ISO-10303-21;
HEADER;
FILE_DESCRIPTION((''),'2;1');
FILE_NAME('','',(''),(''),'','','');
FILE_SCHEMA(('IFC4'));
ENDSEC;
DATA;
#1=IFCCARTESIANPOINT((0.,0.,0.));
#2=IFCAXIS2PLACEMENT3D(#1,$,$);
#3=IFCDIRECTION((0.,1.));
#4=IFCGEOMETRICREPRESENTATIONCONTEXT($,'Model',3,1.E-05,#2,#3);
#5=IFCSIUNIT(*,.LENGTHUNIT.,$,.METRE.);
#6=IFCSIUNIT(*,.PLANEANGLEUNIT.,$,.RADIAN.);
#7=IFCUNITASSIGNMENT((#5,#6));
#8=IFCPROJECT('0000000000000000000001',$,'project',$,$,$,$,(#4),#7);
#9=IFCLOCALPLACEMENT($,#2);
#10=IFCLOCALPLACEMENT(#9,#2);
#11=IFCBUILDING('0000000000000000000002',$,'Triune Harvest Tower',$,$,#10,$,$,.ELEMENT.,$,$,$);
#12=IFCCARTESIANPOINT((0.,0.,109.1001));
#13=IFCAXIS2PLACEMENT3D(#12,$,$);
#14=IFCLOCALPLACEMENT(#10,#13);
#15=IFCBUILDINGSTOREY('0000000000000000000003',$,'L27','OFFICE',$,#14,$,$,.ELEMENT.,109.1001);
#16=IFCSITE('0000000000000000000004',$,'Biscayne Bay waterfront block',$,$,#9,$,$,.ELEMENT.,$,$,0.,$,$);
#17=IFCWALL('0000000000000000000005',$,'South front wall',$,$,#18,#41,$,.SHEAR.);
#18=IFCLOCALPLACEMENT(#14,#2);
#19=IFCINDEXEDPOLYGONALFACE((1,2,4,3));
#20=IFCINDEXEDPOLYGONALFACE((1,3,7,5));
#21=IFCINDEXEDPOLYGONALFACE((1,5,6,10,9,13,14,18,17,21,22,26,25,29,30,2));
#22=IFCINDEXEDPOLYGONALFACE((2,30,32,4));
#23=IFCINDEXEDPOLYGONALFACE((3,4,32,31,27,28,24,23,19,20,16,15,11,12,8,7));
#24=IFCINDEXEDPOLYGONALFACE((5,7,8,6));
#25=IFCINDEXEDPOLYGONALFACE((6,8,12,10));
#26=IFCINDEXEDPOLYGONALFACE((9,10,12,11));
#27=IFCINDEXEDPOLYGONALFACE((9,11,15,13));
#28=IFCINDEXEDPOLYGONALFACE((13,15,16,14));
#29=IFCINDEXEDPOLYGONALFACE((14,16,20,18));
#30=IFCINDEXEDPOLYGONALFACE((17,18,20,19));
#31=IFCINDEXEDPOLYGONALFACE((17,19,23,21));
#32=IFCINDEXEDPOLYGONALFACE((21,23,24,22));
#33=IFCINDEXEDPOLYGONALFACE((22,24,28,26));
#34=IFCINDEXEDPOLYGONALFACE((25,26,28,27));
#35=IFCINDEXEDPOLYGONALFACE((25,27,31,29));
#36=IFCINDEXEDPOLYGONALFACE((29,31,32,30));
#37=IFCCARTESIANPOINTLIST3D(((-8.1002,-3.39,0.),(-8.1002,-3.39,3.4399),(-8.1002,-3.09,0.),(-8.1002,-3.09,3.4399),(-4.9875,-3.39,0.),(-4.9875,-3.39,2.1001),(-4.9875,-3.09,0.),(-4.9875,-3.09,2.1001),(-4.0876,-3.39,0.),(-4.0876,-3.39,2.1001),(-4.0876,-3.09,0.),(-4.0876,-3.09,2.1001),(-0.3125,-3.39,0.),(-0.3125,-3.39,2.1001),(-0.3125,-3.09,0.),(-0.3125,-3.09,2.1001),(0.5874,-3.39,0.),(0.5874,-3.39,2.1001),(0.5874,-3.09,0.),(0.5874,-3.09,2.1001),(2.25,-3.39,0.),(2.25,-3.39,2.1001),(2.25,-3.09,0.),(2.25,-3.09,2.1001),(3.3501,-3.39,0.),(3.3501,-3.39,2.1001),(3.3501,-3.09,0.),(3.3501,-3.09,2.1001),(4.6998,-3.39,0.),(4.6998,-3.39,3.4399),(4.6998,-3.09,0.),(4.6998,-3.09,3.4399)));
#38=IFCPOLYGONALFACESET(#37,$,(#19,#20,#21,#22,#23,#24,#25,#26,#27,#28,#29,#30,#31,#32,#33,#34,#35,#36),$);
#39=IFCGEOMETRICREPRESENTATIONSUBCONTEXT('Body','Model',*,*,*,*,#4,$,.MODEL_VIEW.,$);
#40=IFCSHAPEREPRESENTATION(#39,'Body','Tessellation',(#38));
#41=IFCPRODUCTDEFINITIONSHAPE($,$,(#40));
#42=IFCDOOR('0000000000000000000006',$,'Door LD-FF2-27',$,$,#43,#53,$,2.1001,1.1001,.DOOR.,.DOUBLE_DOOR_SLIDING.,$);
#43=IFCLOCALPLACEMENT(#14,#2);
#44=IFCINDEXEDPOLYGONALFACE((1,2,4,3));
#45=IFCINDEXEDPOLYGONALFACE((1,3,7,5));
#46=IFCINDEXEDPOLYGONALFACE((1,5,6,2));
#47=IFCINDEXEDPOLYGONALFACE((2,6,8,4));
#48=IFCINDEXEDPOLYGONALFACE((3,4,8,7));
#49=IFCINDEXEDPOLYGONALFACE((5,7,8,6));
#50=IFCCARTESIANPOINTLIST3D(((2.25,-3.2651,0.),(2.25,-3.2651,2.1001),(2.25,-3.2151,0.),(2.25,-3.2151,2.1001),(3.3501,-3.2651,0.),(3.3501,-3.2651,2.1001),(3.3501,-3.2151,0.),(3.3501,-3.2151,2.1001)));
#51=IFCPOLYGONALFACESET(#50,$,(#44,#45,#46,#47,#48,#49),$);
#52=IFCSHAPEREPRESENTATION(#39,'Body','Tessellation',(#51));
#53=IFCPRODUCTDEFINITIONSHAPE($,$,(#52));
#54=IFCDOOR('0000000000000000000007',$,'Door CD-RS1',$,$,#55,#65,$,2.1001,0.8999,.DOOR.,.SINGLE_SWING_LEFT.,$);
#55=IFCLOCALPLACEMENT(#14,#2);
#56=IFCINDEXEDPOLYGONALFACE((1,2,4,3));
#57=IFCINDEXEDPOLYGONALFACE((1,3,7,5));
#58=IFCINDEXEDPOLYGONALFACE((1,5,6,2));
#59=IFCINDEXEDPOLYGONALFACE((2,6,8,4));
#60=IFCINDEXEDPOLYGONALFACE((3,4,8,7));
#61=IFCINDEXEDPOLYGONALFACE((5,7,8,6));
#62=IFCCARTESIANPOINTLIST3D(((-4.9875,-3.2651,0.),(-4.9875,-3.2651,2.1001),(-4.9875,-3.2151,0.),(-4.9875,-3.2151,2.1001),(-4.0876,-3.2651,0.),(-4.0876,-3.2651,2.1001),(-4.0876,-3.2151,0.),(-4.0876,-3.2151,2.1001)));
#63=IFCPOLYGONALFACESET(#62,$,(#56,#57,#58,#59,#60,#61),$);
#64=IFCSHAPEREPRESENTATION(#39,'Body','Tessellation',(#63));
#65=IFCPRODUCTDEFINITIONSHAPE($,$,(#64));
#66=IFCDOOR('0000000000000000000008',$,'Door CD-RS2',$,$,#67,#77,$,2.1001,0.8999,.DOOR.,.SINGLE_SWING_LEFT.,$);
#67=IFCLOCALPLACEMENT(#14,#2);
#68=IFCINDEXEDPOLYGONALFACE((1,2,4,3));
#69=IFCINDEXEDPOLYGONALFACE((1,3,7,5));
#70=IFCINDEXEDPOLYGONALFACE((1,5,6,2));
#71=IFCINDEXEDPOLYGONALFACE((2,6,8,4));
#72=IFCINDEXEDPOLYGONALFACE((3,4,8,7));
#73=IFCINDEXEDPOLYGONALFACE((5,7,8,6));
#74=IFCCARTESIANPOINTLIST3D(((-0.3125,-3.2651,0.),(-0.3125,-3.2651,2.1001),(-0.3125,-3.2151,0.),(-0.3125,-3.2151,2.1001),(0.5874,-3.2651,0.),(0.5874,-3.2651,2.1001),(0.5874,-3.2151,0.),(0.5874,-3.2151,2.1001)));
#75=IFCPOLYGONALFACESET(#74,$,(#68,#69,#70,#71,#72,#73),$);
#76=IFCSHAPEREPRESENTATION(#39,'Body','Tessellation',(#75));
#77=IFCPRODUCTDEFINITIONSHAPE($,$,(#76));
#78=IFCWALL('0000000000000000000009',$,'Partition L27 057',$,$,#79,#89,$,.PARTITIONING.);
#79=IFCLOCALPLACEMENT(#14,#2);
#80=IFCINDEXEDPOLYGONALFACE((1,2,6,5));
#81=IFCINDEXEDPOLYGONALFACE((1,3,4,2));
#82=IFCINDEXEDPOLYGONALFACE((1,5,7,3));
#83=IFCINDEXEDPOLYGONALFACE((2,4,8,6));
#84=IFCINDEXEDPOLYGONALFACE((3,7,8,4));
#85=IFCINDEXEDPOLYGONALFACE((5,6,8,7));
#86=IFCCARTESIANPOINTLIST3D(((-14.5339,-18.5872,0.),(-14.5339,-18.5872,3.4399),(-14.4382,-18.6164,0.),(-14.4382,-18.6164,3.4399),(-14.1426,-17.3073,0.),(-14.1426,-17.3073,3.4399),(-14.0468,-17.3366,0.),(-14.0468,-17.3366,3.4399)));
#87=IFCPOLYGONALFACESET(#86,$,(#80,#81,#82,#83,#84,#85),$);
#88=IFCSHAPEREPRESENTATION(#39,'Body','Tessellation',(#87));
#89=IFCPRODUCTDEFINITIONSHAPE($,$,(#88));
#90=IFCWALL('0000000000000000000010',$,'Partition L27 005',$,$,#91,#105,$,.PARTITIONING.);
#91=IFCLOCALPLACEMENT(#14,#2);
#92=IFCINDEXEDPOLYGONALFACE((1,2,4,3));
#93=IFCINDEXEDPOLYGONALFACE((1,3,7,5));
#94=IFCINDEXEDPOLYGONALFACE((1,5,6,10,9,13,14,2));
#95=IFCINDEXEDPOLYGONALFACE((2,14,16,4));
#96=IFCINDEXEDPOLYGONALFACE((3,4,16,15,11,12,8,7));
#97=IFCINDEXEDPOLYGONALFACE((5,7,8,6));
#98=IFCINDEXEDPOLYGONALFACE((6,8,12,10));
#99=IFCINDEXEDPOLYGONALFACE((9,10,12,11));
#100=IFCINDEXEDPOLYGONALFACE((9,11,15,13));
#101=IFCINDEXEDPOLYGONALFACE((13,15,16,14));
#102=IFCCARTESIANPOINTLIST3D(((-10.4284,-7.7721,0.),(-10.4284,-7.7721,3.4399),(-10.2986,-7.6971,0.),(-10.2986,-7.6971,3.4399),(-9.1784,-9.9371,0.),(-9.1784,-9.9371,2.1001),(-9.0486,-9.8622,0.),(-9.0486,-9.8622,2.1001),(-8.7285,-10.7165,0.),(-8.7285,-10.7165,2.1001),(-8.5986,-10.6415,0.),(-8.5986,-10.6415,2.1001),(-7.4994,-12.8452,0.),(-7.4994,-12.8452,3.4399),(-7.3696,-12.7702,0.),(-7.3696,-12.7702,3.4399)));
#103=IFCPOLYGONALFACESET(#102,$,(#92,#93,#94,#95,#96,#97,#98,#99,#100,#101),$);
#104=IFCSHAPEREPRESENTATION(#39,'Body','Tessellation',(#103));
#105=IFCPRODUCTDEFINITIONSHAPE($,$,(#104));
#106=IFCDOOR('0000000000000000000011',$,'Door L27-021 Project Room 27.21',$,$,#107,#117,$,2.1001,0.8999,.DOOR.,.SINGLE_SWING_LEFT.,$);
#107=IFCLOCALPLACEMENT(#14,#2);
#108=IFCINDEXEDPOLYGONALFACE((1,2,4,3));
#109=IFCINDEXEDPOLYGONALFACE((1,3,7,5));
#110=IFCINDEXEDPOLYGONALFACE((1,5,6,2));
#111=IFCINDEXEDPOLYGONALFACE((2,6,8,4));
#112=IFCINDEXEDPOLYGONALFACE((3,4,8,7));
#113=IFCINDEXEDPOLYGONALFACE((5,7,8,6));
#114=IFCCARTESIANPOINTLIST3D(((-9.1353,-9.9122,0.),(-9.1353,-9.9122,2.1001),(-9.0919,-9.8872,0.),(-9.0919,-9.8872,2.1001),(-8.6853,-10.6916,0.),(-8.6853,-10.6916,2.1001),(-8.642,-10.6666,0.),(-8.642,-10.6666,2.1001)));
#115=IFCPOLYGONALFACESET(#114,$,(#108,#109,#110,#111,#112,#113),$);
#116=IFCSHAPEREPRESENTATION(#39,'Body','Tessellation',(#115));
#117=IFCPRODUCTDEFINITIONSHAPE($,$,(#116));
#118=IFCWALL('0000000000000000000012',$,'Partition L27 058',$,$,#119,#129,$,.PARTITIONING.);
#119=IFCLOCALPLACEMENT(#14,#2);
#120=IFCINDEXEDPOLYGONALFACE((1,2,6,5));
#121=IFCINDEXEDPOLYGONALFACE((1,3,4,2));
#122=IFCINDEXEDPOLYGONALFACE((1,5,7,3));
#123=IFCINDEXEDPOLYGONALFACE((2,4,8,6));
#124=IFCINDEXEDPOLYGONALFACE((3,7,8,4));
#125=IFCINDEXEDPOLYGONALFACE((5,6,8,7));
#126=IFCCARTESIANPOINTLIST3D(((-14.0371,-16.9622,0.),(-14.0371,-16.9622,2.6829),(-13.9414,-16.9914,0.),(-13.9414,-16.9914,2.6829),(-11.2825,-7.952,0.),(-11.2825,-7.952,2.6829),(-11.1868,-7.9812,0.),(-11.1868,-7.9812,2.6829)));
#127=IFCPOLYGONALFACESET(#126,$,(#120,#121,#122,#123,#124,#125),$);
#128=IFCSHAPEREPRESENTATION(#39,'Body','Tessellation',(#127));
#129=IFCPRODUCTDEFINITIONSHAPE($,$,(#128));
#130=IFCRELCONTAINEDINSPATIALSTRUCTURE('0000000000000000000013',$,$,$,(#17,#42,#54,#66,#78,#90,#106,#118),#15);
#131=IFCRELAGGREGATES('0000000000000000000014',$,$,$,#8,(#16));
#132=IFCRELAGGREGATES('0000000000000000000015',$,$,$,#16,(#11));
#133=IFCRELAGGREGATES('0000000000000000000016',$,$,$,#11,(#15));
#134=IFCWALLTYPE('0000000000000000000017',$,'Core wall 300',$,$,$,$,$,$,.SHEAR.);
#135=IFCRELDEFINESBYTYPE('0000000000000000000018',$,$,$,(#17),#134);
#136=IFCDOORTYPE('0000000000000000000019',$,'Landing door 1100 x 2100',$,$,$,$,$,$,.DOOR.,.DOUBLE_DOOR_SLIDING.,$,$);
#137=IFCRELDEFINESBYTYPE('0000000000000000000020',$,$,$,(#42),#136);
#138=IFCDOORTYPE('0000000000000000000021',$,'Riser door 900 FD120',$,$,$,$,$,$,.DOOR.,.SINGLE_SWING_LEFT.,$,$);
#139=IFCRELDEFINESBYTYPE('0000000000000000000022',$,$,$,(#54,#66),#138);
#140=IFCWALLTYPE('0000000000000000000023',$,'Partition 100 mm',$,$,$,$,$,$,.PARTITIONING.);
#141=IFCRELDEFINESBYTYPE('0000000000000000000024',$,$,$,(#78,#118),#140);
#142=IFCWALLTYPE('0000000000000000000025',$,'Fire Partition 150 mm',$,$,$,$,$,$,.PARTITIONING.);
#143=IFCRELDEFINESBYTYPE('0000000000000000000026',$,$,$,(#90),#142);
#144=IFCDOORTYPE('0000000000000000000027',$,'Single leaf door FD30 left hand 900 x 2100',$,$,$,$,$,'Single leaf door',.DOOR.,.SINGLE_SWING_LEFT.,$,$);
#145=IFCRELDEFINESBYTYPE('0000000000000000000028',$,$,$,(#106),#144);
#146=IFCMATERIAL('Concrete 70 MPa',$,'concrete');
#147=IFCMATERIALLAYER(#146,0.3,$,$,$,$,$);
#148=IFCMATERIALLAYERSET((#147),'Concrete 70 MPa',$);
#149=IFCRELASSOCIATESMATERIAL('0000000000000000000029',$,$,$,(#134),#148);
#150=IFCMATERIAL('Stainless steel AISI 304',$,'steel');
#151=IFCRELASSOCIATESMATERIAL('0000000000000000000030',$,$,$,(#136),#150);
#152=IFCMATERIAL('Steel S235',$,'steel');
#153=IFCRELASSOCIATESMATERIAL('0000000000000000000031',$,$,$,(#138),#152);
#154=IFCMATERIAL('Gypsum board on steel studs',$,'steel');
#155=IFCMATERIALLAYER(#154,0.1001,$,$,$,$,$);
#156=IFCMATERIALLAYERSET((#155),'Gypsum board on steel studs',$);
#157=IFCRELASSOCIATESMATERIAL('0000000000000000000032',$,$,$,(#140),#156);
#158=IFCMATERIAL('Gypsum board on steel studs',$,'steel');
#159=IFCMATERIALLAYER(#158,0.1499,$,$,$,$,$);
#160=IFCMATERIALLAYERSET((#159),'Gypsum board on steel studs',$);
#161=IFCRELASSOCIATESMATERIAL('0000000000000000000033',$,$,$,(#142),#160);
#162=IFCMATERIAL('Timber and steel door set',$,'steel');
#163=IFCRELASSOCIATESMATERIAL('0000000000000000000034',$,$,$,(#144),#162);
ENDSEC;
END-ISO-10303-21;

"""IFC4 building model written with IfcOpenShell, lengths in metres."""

from ifc_helpers import new_model, si_unit, direction, frame, frame_2d, origin, place, context, subcontext, project, spatial, rectangle, extrude, source, transform, mapped, material, layer, layer_set, type_object, element, fill, save


model = new_model("IFC4")

# Units and contexts
model_context = context("Model", 3, precision=1e-05, world=origin(), true_north=direction((0.0, 1.0)))
body_context = subcontext(model_context, "Body", "Model", "MODEL_VIEW")
ifc_project = project(units=[si_unit("LENGTHUNIT", "METRE"), si_unit("PLANEANGLEUNIT", "RADIAN")], contexts=[model_context])

# Site, building, storey
site_placement = place(None, origin())
site = spatial("IfcSite", under=ifc_project, at=site_placement, Name="Biscayne Bay waterfront block", CompositionType="ELEMENT", RefElevation=0.0)
building_placement = place(site_placement, origin())
building = spatial("IfcBuilding", under=site, at=building_placement, Name="Triune Harvest Tower", CompositionType="ELEMENT")
storey_placement = place(building_placement, frame((0.0, 0.0, 109.1001)))
storey = spatial("IfcBuildingStorey", under=building, at=storey_placement, Name="L27", Description="OFFICE", CompositionType="ELEMENT", Elevation=109.1001)

# Wall, openings, doors
ifc_material_1 = material(Name="Concrete 70 MPa", Category="concrete")
ifc_layer_1 = layer(ifc_material_1, 0.3)
ifc_layer_set_1 = layer_set([ifc_layer_1], Name="Concrete 70 MPa")
wall_type_1 = type_object("IfcWallType", Name="Core wall 300", PredefinedType="SHEAR", material=ifc_layer_set_1)
shared_shape_1 = source(origin(), body_context, "Body", "SweptSolid", [
    extrude(rectangle(XDim=12.8, YDim=0.3, at=frame_2d((6.3999, 0.0))), origin(), (0.0, 0.0, 1.0), 3.4399),
])
wall_1_placement = place(storey_placement, frame((-8.1001, -3.24, 0.0), z_axis=(0.0, 0.0, 1.0), x_axis=(1.0, 0.0, 0.0)))
wall_1 = element("IfcWall", 1, at=wall_1_placement, inside=storey, type_object=wall_type_1, Name="South front wall", PredefinedType="SHEAR", context=body_context, shape_type="MappedRepresentation", body=[
    mapped(shared_shape_1, transform((0.0, 0.0, 0.0), scale=1.0)),
])
opening_1_placement = place(wall_1_placement, frame((3.1125, 0.0, 0.0)))
opening_1 = element("IfcOpeningElement", 2, at=opening_1_placement, cuts=wall_1, PredefinedType="OPENING", context=body_context, shape_type="SweptSolid", body=[
    extrude(rectangle(XDim=0.8999, YDim=2.1001, at=frame_2d((0.45, 1.05))), frame((0.0, 0.1602, 0.0), z_axis=(0.0, -1.0, 0.0), x_axis=(1.0, 0.0, 0.0)), (0.0, 0.0, 1.0), 0.3201),
])
opening_2_placement = place(wall_1_placement, frame((7.7876, 0.0, 0.0)))
opening_2 = element("IfcOpeningElement", 3, at=opening_2_placement, cuts=wall_1, PredefinedType="OPENING", context=body_context, shape_type="SweptSolid", body=[
    extrude(rectangle(XDim=0.8999, YDim=2.1001, at=frame_2d((0.45, 1.05))), frame((0.0, 0.1602, 0.0), z_axis=(0.0, -1.0, 0.0), x_axis=(1.0, 0.0, 0.0)), (0.0, 0.0, 1.0), 0.3201),
])
opening_3_placement = place(wall_1_placement, frame((10.3501, 0.0, 0.0)))
opening_3 = element("IfcOpeningElement", 4, at=opening_3_placement, cuts=wall_1, PredefinedType="OPENING", context=body_context, shape_type="SweptSolid", body=[
    extrude(rectangle(XDim=1.1001, YDim=2.1001, at=frame_2d((0.55, 1.05))), frame((0.0, 0.1602, 0.0), z_axis=(0.0, -1.0, 0.0), x_axis=(1.0, 0.0, 0.0)), (0.0, 0.0, 1.0), 0.3201),
])
ifc_material_2 = material(Name="Stainless steel AISI 304", Category="steel")
door_type_1 = type_object("IfcDoorType", Name="Landing door 1100 x 2100", OperationType="DOUBLE_DOOR_SLIDING", PredefinedType="DOOR", material=ifc_material_2)
door_1_placement = place(opening_3_placement, origin())
door_1 = element("IfcDoor", 5, at=door_1_placement, inside=storey, type_object=door_type_1, Name="Door LD-FF2-27", OperationType="DOUBLE_DOOR_SLIDING", OverallHeight=2.1001, OverallWidth=1.1001, PredefinedType="DOOR", context=body_context, shape_type="SweptSolid", body=[
    extrude(rectangle(XDim=1.1001, YDim=2.1001, at=frame_2d((0.55, 1.05))), frame((0.0, 0.0249, 0.0), z_axis=(0.0, -1.0, 0.0), x_axis=(1.0, 0.0, 0.0)), (0.0, 0.0, 1.0), 0.05),
])
fill(opening_3, door_1)
ifc_material_3 = material(Name="Steel S235", Category="steel")
door_type_2 = type_object("IfcDoorType", Name="Riser door 900 FD120", OperationType="SINGLE_SWING_LEFT", PredefinedType="DOOR", material=ifc_material_3)
door_2_placement = place(opening_1_placement, origin())
door_2 = element("IfcDoor", 6, at=door_2_placement, inside=storey, type_object=door_type_2, Name="Door CD-RS1", OperationType="SINGLE_SWING_LEFT", OverallHeight=2.1001, OverallWidth=0.8999, PredefinedType="DOOR", context=body_context, shape_type="SweptSolid", body=[
    extrude(rectangle(XDim=0.8999, YDim=2.1001, at=frame_2d((0.45, 1.05))), frame((0.0, 0.0249, 0.0), z_axis=(0.0, -1.0, 0.0), x_axis=(1.0, 0.0, 0.0)), (0.0, 0.0, 1.0), 0.05),
])
fill(opening_1, door_2)
door_3_placement = place(opening_2_placement, origin())
door_3 = element("IfcDoor", 7, at=door_3_placement, inside=storey, type_object=door_type_2, Name="Door CD-RS2", OperationType="SINGLE_SWING_LEFT", OverallHeight=2.1001, OverallWidth=0.8999, PredefinedType="DOOR", context=body_context, shape_type="SweptSolid", body=[
    extrude(rectangle(XDim=0.8999, YDim=2.1001, at=frame_2d((0.45, 1.05))), frame((0.0, 0.0249, 0.0), z_axis=(0.0, -1.0, 0.0), x_axis=(1.0, 0.0, 0.0)), (0.0, 0.0, 1.0), 0.05),
])
fill(opening_2, door_3)

# Wall
ifc_material_4 = material(Name="Gypsum board on steel studs", Category="steel")
ifc_layer_2 = layer(ifc_material_4, 0.1001)
ifc_layer_set_2 = layer_set([ifc_layer_2], Name="Gypsum board on steel studs")
wall_type_2 = type_object("IfcWallType", Name="Partition 100 mm", PredefinedType="PARTITIONING", material=ifc_layer_set_2)
shared_shape_2 = source(origin(), body_context, "Body", "SweptSolid", [
    extrude(rectangle(XDim=1.3384, YDim=0.1001, at=frame_2d((0.6692, 0.0))), origin(), (0.0, 0.0, 1.0), 3.4399),
])
wall_2_placement = place(storey_placement, frame((-14.4861, -18.6018, 0.0), z_axis=(0.0, 0.0, 1.0), x_axis=(0.292432, 0.956286, 0.0)))
element("IfcWall", 8, at=wall_2_placement, inside=storey, type_object=wall_type_2, Name="Partition L27 057", PredefinedType="PARTITIONING", context=body_context, shape_type="MappedRepresentation", body=[
    mapped(shared_shape_2, transform((0.0, 0.0, 0.0), scale=1.0)),
])

# Wall, opening, door
ifc_material_5 = material(Name="Gypsum board on steel studs", Category="steel")
ifc_layer_3 = layer(ifc_material_5, 0.1499)
ifc_layer_set_3 = layer_set([ifc_layer_3], Name="Gypsum board on steel studs")
wall_type_3 = type_object("IfcWallType", Name="Fire Partition 150 mm", PredefinedType="PARTITIONING", material=ifc_layer_set_3)
shared_shape_3 = source(origin(), body_context, "Body", "SweptSolid", [
    extrude(rectangle(XDim=5.8579, YDim=0.1499, at=frame_2d((2.929, 0.0))), origin(), (0.0, 0.0, 1.0), 3.4399),
])
wall_3_placement = place(storey_placement, frame((-10.3635, -7.7346, 0.0), z_axis=(0.0, 0.0, 1.0), x_axis=(0.500007, -0.866021, 0.0)))
wall_3 = element("IfcWall", 9, at=wall_3_placement, inside=storey, type_object=wall_type_3, Name="Partition L27 005", PredefinedType="PARTITIONING", context=body_context, shape_type="MappedRepresentation", body=[
    mapped(shared_shape_3, transform((0.0, 0.0, 0.0), scale=1.0)),
])
opening_4_placement = place(wall_3_placement, frame((2.5, 0.0, 0.0)))
opening_4 = element("IfcOpeningElement", 10, at=opening_4_placement, cuts=wall_3, PredefinedType="OPENING", context=body_context, shape_type="SweptSolid", body=[
    extrude(rectangle(XDim=0.8999, YDim=2.1001, at=frame_2d((0.45, 1.05))), frame((0.0, 0.085, 0.0), z_axis=(0.0, -1.0, 0.0), x_axis=(1.0, 0.0, 0.0)), (0.0, 0.0, 1.0), 0.1699),
])
ifc_material_6 = material(Name="Timber and steel door set", Category="steel")
door_type_3 = type_object("IfcDoorType", Name="Single leaf door FD30 left hand 900 x 2100", ElementType="Single leaf door", OperationType="SINGLE_SWING_LEFT", PredefinedType="DOOR", material=ifc_material_6)
door_4_placement = place(opening_4_placement, origin())
door_4 = element("IfcDoor", 11, at=door_4_placement, inside=storey, type_object=door_type_3, Name="Door L27-021 Project Room 27.21", OperationType="SINGLE_SWING_LEFT", OverallHeight=2.1001, OverallWidth=0.8999, PredefinedType="DOOR", context=body_context, shape_type="SweptSolid", body=[
    extrude(rectangle(XDim=0.8999, YDim=2.1001, at=frame_2d((0.45, 1.05))), frame((0.0, 0.0249, 0.0), z_axis=(0.0, -1.0, 0.0), x_axis=(1.0, 0.0, 0.0)), (0.0, 0.0, 1.0), 0.05),
])
fill(opening_4, door_4)

# Wall
shared_shape_4 = source(origin(), body_context, "Body", "SweptSolid", [
    extrude(rectangle(XDim=9.4219, YDim=0.1001, at=frame_2d((4.7109, 0.0))), origin(), (0.0, 0.0, 1.0), 2.6829),
])
wall_4_placement = place(storey_placement, frame((-13.9893, -16.9768, 0.0), z_axis=(0.0, 0.0, 1.0), x_axis=(0.292365, 0.956307, 0.0)))
element("IfcWall", 12, at=wall_4_placement, inside=storey, type_object=wall_type_2, Name="Partition L27 058", PredefinedType="PARTITIONING", context=body_context, shape_type="MappedRepresentation", body=[
    mapped(shared_shape_4, transform((0.0, 0.0, 0.0), scale=1.0)),
])

save(model, "model.ifc")
